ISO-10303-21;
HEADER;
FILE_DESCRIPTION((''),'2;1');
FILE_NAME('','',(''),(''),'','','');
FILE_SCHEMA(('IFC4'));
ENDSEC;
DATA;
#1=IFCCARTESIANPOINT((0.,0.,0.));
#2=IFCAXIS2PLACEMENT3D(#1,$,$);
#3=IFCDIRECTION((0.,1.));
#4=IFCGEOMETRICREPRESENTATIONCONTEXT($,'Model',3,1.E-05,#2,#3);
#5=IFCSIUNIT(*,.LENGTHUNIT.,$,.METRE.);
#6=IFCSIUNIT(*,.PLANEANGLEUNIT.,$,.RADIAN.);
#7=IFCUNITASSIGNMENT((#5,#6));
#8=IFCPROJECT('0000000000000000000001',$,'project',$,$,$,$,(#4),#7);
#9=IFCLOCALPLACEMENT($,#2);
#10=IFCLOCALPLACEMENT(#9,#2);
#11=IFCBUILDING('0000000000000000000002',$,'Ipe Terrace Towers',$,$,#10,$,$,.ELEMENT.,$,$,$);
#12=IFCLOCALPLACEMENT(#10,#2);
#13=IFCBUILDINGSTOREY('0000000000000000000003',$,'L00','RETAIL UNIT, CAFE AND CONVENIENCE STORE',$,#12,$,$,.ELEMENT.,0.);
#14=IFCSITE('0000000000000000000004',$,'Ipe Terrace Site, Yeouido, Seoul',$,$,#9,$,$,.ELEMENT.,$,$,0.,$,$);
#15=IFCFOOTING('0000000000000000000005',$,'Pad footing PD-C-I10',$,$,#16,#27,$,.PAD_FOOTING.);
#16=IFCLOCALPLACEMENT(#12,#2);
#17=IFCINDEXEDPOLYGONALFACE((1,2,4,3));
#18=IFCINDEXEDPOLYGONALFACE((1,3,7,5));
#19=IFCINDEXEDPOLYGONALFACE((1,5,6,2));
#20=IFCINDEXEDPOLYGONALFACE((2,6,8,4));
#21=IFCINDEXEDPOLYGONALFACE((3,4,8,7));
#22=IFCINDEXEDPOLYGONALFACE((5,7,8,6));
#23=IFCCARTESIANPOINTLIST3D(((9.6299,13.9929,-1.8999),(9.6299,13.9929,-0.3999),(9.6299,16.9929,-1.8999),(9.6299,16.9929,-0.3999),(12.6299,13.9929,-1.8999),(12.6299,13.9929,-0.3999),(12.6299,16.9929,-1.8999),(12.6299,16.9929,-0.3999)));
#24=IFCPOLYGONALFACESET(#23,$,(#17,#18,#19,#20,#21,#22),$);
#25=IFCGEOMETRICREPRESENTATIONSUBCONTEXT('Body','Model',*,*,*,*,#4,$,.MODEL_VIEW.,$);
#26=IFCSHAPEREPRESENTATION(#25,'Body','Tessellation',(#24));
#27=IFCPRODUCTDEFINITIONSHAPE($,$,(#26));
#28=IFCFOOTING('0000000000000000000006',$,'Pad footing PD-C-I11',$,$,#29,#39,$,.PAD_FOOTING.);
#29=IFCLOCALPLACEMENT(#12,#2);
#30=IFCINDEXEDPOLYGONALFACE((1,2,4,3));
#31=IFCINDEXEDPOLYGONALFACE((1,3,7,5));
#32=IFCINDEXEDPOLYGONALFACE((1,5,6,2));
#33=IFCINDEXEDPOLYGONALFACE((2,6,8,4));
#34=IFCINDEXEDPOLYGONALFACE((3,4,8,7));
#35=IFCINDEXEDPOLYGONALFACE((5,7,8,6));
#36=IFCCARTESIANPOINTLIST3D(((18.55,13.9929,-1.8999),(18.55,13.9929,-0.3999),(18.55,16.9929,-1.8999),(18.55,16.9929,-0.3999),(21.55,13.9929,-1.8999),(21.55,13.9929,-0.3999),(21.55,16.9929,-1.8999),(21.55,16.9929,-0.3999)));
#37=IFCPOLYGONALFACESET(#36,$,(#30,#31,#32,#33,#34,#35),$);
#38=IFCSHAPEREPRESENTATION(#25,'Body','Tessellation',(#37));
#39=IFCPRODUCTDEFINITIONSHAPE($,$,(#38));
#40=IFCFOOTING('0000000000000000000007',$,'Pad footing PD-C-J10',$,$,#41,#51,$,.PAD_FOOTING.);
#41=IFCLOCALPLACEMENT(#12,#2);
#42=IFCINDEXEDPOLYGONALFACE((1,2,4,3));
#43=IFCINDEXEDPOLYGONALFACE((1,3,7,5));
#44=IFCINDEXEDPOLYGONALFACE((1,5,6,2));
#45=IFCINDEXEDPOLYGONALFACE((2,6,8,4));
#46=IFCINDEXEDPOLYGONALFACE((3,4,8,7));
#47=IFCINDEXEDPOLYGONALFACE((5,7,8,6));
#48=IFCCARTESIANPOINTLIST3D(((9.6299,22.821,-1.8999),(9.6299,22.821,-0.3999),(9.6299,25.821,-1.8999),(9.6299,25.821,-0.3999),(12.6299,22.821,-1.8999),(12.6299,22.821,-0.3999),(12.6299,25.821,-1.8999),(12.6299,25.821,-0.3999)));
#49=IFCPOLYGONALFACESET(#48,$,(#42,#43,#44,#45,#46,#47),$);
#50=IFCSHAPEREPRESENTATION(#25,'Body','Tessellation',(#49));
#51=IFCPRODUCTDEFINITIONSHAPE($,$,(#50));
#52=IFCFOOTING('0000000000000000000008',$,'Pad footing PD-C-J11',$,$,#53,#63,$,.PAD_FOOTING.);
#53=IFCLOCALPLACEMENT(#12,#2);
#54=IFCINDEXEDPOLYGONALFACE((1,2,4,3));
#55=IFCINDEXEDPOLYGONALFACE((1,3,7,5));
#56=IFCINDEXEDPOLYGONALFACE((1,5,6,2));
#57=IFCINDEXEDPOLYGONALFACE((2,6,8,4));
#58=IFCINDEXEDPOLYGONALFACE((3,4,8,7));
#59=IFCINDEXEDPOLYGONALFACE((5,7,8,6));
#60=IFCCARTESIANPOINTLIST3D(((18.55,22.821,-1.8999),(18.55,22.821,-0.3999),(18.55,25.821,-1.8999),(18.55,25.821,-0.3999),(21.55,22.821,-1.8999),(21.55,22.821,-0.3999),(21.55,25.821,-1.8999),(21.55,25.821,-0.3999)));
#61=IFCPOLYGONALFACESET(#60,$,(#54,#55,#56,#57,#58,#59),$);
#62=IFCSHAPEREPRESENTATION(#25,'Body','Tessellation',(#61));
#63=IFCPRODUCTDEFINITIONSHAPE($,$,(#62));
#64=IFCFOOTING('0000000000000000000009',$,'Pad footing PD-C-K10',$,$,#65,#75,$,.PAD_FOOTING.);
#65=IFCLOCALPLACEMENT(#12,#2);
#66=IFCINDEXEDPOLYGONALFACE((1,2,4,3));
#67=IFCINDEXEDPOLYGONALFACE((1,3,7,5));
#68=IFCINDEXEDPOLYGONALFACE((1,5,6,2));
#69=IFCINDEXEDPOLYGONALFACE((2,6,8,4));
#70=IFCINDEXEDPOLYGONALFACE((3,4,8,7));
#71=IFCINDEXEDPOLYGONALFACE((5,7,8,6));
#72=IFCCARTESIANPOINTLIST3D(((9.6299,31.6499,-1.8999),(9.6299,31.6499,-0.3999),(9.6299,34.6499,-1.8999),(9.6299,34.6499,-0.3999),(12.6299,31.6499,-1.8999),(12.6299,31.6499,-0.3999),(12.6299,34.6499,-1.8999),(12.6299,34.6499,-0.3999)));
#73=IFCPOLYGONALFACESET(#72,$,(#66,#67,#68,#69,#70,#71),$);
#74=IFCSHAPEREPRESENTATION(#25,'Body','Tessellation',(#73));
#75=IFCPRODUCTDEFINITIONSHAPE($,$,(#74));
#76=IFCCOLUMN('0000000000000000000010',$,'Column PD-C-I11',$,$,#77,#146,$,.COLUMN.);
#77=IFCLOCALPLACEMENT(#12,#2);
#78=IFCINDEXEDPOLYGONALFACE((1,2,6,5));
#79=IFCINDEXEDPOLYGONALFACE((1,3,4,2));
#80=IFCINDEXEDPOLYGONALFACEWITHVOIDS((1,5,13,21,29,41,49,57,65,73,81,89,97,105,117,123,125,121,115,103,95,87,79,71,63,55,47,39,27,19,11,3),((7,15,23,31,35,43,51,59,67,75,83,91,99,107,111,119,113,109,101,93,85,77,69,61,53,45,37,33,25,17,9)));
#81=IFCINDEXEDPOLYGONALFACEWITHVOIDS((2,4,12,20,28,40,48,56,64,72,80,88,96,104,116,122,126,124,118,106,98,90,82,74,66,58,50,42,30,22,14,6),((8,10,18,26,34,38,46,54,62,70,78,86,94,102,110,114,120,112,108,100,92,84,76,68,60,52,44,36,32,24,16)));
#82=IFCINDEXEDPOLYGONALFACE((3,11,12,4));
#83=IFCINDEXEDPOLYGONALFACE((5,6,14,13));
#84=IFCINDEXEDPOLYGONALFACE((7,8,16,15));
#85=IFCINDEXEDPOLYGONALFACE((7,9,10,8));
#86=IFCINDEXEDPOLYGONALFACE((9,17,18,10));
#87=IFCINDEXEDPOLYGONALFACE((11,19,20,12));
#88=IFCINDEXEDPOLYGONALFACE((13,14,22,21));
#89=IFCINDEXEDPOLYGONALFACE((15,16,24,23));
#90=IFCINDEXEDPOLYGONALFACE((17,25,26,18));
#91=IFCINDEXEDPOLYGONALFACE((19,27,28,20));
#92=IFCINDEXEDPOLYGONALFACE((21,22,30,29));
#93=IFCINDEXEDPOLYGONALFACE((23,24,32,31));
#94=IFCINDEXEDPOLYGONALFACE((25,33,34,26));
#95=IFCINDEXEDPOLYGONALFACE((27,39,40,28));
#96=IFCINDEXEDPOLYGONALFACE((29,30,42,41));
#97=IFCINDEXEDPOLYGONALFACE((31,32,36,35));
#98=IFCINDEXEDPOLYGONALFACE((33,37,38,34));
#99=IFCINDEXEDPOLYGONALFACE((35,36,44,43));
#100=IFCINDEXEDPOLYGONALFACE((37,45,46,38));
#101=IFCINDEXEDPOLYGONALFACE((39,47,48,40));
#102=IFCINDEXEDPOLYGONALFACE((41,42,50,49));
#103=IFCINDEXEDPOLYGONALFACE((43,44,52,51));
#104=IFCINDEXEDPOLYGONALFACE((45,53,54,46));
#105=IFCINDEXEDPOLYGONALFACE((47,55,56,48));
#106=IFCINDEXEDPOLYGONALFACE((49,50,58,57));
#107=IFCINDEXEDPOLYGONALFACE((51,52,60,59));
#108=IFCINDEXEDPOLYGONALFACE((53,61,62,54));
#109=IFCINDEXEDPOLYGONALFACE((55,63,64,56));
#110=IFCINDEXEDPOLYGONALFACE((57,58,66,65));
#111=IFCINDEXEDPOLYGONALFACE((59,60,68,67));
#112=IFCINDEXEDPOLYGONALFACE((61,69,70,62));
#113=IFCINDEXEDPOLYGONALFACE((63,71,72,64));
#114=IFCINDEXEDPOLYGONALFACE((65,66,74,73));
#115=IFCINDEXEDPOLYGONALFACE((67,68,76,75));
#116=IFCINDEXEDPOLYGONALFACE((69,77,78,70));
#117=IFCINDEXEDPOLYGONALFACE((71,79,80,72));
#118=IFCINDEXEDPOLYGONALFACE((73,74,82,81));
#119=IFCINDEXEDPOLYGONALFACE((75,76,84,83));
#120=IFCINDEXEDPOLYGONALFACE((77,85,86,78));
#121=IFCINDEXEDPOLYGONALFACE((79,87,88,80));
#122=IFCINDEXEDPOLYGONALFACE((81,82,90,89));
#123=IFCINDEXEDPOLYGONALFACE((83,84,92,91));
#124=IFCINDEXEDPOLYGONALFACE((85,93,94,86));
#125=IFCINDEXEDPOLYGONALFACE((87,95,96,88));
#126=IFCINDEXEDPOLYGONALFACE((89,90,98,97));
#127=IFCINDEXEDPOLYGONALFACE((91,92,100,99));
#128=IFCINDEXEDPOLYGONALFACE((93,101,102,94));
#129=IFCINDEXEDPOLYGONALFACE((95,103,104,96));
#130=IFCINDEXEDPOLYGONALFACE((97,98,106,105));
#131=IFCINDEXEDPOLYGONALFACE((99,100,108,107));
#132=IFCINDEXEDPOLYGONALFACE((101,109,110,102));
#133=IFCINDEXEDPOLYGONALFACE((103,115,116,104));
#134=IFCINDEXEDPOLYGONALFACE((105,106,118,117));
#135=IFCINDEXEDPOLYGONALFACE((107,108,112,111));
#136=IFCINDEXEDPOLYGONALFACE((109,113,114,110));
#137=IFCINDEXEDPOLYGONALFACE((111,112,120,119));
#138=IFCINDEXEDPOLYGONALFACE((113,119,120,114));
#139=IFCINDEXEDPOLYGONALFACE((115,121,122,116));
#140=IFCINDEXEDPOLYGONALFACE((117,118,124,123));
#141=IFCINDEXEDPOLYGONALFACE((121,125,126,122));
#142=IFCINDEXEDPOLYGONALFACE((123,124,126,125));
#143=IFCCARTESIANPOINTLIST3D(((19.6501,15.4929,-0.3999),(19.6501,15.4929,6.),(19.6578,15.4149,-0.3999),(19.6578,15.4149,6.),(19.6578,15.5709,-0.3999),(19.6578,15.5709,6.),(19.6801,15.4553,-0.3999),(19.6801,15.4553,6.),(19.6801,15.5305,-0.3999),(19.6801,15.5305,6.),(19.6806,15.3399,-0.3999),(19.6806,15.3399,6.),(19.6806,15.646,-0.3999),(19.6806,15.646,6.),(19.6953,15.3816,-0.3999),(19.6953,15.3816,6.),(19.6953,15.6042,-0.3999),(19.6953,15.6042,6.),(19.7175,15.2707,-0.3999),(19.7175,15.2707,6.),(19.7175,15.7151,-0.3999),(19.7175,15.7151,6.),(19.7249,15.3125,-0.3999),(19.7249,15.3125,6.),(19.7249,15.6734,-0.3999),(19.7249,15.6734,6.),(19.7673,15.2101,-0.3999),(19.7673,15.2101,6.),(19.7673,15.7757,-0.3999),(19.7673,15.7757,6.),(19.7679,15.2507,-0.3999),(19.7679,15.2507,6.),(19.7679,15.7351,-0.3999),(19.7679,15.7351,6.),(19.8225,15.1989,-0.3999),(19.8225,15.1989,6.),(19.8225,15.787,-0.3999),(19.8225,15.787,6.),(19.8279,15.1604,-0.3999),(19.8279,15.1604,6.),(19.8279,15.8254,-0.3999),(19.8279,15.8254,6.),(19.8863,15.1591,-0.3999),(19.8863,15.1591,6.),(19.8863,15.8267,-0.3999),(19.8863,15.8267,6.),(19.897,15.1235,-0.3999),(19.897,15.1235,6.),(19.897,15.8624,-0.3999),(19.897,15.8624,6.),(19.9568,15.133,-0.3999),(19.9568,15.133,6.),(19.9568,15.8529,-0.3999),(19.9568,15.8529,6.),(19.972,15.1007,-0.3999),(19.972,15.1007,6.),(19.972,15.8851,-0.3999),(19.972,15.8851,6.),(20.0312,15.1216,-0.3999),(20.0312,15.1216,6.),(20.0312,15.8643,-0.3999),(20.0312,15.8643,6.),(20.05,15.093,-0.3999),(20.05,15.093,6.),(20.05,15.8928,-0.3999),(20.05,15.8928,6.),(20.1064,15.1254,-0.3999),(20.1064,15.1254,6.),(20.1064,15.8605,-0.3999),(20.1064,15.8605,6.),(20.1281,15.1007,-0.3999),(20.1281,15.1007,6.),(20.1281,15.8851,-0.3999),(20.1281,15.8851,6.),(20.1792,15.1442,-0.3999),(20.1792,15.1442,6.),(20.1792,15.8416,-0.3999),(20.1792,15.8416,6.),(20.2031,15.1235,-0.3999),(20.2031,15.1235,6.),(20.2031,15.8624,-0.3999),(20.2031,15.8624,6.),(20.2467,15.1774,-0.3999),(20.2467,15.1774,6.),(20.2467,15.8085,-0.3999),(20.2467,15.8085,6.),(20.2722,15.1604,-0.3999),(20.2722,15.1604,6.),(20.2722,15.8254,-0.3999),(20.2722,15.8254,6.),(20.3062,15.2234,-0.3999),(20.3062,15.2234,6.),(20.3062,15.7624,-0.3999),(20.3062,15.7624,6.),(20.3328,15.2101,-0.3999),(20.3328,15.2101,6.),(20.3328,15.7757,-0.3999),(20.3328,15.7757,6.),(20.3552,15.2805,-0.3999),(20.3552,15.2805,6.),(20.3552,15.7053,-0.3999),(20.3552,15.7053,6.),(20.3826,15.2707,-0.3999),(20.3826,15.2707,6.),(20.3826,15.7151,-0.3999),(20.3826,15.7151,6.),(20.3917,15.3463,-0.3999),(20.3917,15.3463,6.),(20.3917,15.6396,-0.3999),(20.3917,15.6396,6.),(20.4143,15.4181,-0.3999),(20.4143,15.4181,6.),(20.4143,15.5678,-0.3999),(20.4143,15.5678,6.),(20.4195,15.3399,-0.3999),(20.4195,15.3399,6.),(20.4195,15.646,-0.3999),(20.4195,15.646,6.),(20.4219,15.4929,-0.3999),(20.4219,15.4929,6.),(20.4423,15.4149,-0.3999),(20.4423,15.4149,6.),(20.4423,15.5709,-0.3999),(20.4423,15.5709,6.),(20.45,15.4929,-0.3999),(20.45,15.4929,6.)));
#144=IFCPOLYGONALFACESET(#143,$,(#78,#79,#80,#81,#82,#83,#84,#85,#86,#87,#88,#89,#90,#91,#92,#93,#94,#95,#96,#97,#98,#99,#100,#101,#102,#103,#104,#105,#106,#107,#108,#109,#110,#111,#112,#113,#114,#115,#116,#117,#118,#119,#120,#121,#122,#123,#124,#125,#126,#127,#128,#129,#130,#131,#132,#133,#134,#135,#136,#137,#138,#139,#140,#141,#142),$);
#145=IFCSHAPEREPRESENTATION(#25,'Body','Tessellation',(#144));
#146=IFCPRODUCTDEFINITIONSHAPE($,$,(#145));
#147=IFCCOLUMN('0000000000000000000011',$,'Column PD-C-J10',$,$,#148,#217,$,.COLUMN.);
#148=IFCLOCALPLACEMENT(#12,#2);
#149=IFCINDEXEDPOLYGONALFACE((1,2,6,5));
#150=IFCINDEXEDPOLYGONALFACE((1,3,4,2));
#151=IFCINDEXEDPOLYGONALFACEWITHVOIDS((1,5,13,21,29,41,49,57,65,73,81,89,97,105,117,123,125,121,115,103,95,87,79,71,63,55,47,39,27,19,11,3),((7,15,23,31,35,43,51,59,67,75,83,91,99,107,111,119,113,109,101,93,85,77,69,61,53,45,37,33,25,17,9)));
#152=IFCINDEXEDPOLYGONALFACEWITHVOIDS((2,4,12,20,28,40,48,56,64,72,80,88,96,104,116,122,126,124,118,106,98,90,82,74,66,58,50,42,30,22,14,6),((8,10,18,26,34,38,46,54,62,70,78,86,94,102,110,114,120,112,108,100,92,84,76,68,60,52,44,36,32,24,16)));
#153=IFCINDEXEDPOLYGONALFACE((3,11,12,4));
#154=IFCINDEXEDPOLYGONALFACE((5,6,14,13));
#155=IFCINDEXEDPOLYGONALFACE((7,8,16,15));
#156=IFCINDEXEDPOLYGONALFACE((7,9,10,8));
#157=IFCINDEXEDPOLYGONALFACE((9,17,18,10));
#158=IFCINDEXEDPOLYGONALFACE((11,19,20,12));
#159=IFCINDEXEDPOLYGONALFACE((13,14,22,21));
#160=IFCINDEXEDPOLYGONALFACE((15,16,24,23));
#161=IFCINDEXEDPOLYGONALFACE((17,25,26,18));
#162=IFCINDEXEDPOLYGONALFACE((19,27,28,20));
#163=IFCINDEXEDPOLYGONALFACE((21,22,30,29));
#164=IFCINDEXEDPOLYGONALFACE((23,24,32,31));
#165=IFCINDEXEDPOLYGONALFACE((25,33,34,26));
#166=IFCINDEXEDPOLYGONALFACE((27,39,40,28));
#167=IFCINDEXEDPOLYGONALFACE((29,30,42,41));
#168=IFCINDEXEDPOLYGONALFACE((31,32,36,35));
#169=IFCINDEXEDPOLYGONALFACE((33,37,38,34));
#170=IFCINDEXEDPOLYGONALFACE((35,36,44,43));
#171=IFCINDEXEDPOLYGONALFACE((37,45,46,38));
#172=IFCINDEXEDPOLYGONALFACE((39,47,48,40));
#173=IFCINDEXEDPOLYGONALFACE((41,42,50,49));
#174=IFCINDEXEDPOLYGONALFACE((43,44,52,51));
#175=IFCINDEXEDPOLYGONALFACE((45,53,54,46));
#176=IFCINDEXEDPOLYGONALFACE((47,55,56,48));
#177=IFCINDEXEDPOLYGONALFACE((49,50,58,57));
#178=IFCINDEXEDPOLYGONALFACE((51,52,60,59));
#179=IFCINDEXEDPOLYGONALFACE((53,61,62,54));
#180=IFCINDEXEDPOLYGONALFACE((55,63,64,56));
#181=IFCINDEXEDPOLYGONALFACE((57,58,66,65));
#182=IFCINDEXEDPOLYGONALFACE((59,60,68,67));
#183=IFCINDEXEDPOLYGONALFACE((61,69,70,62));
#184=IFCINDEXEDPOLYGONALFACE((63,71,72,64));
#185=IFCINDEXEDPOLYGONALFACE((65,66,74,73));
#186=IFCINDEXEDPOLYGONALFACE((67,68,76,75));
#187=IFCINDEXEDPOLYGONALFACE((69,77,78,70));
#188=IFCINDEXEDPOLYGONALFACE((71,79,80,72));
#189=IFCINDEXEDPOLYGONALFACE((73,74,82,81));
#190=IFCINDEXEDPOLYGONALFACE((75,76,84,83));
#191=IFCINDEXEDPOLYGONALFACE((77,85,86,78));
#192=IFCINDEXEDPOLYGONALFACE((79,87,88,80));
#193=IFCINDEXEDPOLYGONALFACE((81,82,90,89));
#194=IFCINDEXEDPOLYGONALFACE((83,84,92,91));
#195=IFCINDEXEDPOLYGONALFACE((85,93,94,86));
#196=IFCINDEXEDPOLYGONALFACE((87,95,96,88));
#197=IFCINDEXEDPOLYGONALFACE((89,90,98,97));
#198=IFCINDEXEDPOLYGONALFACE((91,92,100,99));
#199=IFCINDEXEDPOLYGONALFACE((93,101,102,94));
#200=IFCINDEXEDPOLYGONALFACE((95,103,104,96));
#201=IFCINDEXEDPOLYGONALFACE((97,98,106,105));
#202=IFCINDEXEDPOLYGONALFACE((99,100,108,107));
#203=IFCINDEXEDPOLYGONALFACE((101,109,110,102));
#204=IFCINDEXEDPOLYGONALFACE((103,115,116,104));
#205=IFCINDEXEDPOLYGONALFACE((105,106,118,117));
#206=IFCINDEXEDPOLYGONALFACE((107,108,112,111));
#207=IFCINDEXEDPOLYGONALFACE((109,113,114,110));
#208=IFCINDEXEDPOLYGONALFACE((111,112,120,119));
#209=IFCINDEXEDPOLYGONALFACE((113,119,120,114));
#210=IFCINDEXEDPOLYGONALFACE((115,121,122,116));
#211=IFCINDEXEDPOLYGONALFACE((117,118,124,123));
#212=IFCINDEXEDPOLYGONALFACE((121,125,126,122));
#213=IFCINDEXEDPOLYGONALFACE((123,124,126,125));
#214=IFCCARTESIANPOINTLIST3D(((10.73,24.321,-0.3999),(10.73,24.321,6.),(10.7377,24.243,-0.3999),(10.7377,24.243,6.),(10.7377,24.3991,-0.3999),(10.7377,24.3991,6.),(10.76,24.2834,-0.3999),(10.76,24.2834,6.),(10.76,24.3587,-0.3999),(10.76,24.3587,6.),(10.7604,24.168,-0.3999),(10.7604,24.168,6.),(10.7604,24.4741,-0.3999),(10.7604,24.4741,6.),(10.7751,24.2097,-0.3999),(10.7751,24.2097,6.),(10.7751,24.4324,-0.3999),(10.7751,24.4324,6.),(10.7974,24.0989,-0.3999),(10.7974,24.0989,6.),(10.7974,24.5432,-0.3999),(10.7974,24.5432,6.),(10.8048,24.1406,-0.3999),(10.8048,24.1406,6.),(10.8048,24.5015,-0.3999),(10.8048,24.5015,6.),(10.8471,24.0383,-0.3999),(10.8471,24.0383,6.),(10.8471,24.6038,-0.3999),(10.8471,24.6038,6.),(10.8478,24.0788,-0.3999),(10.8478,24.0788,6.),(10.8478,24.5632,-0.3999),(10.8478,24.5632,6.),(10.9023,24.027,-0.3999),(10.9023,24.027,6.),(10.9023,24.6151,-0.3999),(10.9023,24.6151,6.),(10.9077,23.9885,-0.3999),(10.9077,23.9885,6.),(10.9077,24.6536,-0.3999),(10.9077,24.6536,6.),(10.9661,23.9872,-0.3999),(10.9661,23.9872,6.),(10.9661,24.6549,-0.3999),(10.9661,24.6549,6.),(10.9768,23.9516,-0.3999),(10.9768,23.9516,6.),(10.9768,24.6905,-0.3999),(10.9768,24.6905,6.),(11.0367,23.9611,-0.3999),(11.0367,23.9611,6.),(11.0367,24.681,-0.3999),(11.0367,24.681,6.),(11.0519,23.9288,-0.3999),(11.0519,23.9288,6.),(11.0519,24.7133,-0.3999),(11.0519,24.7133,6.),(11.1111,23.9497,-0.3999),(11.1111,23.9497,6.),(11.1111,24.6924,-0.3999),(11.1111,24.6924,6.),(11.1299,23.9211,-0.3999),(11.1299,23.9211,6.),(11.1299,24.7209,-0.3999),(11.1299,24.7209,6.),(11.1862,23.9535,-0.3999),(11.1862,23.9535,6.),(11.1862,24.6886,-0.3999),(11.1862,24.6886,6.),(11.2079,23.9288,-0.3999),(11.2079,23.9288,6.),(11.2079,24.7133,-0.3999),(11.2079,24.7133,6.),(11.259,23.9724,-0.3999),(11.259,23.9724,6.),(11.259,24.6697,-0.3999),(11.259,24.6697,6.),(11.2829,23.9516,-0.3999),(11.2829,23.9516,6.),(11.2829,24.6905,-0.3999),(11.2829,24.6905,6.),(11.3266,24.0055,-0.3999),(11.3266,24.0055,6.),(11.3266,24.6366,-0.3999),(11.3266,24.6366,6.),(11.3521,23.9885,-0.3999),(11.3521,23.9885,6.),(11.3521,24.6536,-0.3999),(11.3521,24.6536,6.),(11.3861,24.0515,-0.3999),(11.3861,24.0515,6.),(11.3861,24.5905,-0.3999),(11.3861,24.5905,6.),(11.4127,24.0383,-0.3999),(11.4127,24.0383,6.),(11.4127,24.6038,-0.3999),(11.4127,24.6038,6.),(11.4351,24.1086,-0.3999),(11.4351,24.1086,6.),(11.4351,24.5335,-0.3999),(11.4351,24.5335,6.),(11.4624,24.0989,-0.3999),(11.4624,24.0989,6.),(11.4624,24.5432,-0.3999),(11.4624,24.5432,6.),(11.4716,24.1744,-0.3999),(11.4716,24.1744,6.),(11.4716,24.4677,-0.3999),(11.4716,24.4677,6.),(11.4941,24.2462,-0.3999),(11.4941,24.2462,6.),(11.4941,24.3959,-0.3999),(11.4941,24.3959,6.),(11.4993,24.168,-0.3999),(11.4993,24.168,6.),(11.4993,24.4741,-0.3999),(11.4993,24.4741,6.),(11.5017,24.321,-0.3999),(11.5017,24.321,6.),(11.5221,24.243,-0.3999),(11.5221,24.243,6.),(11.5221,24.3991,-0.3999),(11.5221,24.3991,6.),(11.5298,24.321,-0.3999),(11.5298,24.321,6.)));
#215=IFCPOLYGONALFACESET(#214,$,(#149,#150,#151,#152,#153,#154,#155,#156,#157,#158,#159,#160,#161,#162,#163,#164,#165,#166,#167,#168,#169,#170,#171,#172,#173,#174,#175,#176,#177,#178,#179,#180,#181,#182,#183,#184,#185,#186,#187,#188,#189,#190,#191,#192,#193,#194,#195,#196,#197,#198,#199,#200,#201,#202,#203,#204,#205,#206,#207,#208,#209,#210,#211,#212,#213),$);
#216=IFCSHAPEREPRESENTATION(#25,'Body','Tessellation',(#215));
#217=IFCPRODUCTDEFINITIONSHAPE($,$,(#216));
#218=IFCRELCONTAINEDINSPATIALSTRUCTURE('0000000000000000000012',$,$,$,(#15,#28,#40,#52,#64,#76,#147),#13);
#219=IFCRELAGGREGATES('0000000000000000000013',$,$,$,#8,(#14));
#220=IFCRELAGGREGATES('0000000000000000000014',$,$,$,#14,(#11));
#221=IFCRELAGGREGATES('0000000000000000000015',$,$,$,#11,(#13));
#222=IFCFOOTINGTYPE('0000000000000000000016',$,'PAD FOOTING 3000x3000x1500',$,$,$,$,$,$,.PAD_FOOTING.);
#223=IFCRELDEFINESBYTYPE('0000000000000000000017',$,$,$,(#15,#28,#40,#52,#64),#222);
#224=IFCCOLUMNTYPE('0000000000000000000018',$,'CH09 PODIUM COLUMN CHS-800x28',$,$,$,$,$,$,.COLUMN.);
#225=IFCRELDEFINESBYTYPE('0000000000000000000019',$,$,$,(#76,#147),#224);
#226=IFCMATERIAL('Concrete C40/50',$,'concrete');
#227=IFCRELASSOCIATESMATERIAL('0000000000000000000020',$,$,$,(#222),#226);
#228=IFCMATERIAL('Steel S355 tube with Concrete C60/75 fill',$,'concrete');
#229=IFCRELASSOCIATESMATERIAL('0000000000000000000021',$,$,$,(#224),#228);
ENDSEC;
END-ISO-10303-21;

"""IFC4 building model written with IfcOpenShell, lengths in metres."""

from ifc_helpers import new_model, si_unit, direction, frame, origin, origin_2d, place, context, subcontext, project, spatial, rectangle, hollow_circle, extrude, material, material_profile, profile_set, type_object, element, save


model = new_model("IFC4")

# Units and contexts
model_context = context("Model", 3, precision=1e-05, world=origin(), true_north=direction((0.0, 1.0)))
body_context = subcontext(model_context, "Body", "Model", "MODEL_VIEW")
ifc_project = project(units=[si_unit("LENGTHUNIT", "METRE"), si_unit("PLANEANGLEUNIT", "RADIAN")], contexts=[model_context])

# Site, building, storey
site_placement = place(None, origin())
site = spatial("IfcSite", under=ifc_project, at=site_placement, Name="Ipe Terrace Site, Yeouido, Seoul", CompositionType="ELEMENT", RefElevation=0.0)
building_placement = place(site_placement, origin())
building = spatial("IfcBuilding", under=site, at=building_placement, Name="Ipe Terrace Towers", CompositionType="ELEMENT")
storey_placement = place(building_placement, origin())
storey = spatial("IfcBuildingStorey", under=building, at=storey_placement, Name="L00", Description="RETAIL UNIT, CAFE AND CONVENIENCE STORE", CompositionType="ELEMENT", Elevation=0.0)

# Footings
ifc_material_1 = material(Name="Concrete C40/50", Category="concrete")
footing_type = type_object("IfcFootingType", Name="PAD FOOTING 3000x3000x1500", PredefinedType="PAD_FOOTING", material=ifc_material_1)
for number, where, z_axis, x_axis, name in (
    (1, (11.1299, 15.4929, -1.8999), (0.0, 0.0, 1.0), (1.0, 0.0, 0.0), "Pad footing PD-C-I10"),
    (2, (20.05, 15.4929, -1.8999), (0.0, 0.0, 1.0), (1.0, 0.0, 0.0), "Pad footing PD-C-I11"),
    (3, (11.1299, 24.321, -1.8999), (0.0, 0.0, 1.0), (1.0, 0.0, 0.0), "Pad footing PD-C-J10"),
    (4, (20.05, 24.321, -1.8999), (0.0, 0.0, 1.0), (1.0, 0.0, 0.0), "Pad footing PD-C-J11"),
    (5, (11.1299, 33.1499, -1.8999), (0.0, 0.0, 1.0), (1.0, 0.0, 0.0), "Pad footing PD-C-K10"),
):
    element("IfcFooting", number, at=place(storey_placement, frame(where, z_axis=z_axis, x_axis=x_axis)), inside=storey, type_object=footing_type, Name=name, PredefinedType="PAD_FOOTING", context=body_context, shape_type="SweptSolid", body=[
        extrude(rectangle(XDim=3.0, YDim=3.0, at=origin_2d()), origin(), (0.0, 0.0, 1.0), 1.5),
    ])

# Columns
ifc_material_2 = material(Name="Steel S355 tube with Concrete C60/75 fill", Category="concrete")
ifc_material_profile_1 = material_profile(ifc_material_2, hollow_circle(Radius=0.3999, WallThickness=0.0281, at=origin_2d()), Name="CHS-800x28")
ifc_profile_set_1 = profile_set([ifc_material_profile_1], Name="Steel S355 tube with Concrete C60/75 fill")
column_type = type_object("IfcColumnType", Name="CH09 PODIUM COLUMN CHS-800x28", PredefinedType="COLUMN", material=ifc_profile_set_1)
for number, where, z_axis, x_axis, name in (
    (6, (20.05, 15.4929, -0.3999), (0.0, 0.0, 1.0), (1.0, 0.0, 0.0), "Column PD-C-I11"),
    (7, (11.1299, 24.321, -0.3999), (0.0, 0.0, 1.0), (1.0, 0.0, 0.0), "Column PD-C-J10"),
):
    element("IfcColumn", number, at=place(storey_placement, frame(where, z_axis=z_axis, x_axis=x_axis)), inside=storey, type_object=column_type, Name=name, PredefinedType="COLUMN", context=body_context, shape_type="SweptSolid", body=[
        extrude(hollow_circle(Radius=0.3999, WallThickness=0.0281, at=origin_2d()), origin(), (0.0, 0.0, 1.0), 6.3999),
    ])

save(model, "model.ifc")
